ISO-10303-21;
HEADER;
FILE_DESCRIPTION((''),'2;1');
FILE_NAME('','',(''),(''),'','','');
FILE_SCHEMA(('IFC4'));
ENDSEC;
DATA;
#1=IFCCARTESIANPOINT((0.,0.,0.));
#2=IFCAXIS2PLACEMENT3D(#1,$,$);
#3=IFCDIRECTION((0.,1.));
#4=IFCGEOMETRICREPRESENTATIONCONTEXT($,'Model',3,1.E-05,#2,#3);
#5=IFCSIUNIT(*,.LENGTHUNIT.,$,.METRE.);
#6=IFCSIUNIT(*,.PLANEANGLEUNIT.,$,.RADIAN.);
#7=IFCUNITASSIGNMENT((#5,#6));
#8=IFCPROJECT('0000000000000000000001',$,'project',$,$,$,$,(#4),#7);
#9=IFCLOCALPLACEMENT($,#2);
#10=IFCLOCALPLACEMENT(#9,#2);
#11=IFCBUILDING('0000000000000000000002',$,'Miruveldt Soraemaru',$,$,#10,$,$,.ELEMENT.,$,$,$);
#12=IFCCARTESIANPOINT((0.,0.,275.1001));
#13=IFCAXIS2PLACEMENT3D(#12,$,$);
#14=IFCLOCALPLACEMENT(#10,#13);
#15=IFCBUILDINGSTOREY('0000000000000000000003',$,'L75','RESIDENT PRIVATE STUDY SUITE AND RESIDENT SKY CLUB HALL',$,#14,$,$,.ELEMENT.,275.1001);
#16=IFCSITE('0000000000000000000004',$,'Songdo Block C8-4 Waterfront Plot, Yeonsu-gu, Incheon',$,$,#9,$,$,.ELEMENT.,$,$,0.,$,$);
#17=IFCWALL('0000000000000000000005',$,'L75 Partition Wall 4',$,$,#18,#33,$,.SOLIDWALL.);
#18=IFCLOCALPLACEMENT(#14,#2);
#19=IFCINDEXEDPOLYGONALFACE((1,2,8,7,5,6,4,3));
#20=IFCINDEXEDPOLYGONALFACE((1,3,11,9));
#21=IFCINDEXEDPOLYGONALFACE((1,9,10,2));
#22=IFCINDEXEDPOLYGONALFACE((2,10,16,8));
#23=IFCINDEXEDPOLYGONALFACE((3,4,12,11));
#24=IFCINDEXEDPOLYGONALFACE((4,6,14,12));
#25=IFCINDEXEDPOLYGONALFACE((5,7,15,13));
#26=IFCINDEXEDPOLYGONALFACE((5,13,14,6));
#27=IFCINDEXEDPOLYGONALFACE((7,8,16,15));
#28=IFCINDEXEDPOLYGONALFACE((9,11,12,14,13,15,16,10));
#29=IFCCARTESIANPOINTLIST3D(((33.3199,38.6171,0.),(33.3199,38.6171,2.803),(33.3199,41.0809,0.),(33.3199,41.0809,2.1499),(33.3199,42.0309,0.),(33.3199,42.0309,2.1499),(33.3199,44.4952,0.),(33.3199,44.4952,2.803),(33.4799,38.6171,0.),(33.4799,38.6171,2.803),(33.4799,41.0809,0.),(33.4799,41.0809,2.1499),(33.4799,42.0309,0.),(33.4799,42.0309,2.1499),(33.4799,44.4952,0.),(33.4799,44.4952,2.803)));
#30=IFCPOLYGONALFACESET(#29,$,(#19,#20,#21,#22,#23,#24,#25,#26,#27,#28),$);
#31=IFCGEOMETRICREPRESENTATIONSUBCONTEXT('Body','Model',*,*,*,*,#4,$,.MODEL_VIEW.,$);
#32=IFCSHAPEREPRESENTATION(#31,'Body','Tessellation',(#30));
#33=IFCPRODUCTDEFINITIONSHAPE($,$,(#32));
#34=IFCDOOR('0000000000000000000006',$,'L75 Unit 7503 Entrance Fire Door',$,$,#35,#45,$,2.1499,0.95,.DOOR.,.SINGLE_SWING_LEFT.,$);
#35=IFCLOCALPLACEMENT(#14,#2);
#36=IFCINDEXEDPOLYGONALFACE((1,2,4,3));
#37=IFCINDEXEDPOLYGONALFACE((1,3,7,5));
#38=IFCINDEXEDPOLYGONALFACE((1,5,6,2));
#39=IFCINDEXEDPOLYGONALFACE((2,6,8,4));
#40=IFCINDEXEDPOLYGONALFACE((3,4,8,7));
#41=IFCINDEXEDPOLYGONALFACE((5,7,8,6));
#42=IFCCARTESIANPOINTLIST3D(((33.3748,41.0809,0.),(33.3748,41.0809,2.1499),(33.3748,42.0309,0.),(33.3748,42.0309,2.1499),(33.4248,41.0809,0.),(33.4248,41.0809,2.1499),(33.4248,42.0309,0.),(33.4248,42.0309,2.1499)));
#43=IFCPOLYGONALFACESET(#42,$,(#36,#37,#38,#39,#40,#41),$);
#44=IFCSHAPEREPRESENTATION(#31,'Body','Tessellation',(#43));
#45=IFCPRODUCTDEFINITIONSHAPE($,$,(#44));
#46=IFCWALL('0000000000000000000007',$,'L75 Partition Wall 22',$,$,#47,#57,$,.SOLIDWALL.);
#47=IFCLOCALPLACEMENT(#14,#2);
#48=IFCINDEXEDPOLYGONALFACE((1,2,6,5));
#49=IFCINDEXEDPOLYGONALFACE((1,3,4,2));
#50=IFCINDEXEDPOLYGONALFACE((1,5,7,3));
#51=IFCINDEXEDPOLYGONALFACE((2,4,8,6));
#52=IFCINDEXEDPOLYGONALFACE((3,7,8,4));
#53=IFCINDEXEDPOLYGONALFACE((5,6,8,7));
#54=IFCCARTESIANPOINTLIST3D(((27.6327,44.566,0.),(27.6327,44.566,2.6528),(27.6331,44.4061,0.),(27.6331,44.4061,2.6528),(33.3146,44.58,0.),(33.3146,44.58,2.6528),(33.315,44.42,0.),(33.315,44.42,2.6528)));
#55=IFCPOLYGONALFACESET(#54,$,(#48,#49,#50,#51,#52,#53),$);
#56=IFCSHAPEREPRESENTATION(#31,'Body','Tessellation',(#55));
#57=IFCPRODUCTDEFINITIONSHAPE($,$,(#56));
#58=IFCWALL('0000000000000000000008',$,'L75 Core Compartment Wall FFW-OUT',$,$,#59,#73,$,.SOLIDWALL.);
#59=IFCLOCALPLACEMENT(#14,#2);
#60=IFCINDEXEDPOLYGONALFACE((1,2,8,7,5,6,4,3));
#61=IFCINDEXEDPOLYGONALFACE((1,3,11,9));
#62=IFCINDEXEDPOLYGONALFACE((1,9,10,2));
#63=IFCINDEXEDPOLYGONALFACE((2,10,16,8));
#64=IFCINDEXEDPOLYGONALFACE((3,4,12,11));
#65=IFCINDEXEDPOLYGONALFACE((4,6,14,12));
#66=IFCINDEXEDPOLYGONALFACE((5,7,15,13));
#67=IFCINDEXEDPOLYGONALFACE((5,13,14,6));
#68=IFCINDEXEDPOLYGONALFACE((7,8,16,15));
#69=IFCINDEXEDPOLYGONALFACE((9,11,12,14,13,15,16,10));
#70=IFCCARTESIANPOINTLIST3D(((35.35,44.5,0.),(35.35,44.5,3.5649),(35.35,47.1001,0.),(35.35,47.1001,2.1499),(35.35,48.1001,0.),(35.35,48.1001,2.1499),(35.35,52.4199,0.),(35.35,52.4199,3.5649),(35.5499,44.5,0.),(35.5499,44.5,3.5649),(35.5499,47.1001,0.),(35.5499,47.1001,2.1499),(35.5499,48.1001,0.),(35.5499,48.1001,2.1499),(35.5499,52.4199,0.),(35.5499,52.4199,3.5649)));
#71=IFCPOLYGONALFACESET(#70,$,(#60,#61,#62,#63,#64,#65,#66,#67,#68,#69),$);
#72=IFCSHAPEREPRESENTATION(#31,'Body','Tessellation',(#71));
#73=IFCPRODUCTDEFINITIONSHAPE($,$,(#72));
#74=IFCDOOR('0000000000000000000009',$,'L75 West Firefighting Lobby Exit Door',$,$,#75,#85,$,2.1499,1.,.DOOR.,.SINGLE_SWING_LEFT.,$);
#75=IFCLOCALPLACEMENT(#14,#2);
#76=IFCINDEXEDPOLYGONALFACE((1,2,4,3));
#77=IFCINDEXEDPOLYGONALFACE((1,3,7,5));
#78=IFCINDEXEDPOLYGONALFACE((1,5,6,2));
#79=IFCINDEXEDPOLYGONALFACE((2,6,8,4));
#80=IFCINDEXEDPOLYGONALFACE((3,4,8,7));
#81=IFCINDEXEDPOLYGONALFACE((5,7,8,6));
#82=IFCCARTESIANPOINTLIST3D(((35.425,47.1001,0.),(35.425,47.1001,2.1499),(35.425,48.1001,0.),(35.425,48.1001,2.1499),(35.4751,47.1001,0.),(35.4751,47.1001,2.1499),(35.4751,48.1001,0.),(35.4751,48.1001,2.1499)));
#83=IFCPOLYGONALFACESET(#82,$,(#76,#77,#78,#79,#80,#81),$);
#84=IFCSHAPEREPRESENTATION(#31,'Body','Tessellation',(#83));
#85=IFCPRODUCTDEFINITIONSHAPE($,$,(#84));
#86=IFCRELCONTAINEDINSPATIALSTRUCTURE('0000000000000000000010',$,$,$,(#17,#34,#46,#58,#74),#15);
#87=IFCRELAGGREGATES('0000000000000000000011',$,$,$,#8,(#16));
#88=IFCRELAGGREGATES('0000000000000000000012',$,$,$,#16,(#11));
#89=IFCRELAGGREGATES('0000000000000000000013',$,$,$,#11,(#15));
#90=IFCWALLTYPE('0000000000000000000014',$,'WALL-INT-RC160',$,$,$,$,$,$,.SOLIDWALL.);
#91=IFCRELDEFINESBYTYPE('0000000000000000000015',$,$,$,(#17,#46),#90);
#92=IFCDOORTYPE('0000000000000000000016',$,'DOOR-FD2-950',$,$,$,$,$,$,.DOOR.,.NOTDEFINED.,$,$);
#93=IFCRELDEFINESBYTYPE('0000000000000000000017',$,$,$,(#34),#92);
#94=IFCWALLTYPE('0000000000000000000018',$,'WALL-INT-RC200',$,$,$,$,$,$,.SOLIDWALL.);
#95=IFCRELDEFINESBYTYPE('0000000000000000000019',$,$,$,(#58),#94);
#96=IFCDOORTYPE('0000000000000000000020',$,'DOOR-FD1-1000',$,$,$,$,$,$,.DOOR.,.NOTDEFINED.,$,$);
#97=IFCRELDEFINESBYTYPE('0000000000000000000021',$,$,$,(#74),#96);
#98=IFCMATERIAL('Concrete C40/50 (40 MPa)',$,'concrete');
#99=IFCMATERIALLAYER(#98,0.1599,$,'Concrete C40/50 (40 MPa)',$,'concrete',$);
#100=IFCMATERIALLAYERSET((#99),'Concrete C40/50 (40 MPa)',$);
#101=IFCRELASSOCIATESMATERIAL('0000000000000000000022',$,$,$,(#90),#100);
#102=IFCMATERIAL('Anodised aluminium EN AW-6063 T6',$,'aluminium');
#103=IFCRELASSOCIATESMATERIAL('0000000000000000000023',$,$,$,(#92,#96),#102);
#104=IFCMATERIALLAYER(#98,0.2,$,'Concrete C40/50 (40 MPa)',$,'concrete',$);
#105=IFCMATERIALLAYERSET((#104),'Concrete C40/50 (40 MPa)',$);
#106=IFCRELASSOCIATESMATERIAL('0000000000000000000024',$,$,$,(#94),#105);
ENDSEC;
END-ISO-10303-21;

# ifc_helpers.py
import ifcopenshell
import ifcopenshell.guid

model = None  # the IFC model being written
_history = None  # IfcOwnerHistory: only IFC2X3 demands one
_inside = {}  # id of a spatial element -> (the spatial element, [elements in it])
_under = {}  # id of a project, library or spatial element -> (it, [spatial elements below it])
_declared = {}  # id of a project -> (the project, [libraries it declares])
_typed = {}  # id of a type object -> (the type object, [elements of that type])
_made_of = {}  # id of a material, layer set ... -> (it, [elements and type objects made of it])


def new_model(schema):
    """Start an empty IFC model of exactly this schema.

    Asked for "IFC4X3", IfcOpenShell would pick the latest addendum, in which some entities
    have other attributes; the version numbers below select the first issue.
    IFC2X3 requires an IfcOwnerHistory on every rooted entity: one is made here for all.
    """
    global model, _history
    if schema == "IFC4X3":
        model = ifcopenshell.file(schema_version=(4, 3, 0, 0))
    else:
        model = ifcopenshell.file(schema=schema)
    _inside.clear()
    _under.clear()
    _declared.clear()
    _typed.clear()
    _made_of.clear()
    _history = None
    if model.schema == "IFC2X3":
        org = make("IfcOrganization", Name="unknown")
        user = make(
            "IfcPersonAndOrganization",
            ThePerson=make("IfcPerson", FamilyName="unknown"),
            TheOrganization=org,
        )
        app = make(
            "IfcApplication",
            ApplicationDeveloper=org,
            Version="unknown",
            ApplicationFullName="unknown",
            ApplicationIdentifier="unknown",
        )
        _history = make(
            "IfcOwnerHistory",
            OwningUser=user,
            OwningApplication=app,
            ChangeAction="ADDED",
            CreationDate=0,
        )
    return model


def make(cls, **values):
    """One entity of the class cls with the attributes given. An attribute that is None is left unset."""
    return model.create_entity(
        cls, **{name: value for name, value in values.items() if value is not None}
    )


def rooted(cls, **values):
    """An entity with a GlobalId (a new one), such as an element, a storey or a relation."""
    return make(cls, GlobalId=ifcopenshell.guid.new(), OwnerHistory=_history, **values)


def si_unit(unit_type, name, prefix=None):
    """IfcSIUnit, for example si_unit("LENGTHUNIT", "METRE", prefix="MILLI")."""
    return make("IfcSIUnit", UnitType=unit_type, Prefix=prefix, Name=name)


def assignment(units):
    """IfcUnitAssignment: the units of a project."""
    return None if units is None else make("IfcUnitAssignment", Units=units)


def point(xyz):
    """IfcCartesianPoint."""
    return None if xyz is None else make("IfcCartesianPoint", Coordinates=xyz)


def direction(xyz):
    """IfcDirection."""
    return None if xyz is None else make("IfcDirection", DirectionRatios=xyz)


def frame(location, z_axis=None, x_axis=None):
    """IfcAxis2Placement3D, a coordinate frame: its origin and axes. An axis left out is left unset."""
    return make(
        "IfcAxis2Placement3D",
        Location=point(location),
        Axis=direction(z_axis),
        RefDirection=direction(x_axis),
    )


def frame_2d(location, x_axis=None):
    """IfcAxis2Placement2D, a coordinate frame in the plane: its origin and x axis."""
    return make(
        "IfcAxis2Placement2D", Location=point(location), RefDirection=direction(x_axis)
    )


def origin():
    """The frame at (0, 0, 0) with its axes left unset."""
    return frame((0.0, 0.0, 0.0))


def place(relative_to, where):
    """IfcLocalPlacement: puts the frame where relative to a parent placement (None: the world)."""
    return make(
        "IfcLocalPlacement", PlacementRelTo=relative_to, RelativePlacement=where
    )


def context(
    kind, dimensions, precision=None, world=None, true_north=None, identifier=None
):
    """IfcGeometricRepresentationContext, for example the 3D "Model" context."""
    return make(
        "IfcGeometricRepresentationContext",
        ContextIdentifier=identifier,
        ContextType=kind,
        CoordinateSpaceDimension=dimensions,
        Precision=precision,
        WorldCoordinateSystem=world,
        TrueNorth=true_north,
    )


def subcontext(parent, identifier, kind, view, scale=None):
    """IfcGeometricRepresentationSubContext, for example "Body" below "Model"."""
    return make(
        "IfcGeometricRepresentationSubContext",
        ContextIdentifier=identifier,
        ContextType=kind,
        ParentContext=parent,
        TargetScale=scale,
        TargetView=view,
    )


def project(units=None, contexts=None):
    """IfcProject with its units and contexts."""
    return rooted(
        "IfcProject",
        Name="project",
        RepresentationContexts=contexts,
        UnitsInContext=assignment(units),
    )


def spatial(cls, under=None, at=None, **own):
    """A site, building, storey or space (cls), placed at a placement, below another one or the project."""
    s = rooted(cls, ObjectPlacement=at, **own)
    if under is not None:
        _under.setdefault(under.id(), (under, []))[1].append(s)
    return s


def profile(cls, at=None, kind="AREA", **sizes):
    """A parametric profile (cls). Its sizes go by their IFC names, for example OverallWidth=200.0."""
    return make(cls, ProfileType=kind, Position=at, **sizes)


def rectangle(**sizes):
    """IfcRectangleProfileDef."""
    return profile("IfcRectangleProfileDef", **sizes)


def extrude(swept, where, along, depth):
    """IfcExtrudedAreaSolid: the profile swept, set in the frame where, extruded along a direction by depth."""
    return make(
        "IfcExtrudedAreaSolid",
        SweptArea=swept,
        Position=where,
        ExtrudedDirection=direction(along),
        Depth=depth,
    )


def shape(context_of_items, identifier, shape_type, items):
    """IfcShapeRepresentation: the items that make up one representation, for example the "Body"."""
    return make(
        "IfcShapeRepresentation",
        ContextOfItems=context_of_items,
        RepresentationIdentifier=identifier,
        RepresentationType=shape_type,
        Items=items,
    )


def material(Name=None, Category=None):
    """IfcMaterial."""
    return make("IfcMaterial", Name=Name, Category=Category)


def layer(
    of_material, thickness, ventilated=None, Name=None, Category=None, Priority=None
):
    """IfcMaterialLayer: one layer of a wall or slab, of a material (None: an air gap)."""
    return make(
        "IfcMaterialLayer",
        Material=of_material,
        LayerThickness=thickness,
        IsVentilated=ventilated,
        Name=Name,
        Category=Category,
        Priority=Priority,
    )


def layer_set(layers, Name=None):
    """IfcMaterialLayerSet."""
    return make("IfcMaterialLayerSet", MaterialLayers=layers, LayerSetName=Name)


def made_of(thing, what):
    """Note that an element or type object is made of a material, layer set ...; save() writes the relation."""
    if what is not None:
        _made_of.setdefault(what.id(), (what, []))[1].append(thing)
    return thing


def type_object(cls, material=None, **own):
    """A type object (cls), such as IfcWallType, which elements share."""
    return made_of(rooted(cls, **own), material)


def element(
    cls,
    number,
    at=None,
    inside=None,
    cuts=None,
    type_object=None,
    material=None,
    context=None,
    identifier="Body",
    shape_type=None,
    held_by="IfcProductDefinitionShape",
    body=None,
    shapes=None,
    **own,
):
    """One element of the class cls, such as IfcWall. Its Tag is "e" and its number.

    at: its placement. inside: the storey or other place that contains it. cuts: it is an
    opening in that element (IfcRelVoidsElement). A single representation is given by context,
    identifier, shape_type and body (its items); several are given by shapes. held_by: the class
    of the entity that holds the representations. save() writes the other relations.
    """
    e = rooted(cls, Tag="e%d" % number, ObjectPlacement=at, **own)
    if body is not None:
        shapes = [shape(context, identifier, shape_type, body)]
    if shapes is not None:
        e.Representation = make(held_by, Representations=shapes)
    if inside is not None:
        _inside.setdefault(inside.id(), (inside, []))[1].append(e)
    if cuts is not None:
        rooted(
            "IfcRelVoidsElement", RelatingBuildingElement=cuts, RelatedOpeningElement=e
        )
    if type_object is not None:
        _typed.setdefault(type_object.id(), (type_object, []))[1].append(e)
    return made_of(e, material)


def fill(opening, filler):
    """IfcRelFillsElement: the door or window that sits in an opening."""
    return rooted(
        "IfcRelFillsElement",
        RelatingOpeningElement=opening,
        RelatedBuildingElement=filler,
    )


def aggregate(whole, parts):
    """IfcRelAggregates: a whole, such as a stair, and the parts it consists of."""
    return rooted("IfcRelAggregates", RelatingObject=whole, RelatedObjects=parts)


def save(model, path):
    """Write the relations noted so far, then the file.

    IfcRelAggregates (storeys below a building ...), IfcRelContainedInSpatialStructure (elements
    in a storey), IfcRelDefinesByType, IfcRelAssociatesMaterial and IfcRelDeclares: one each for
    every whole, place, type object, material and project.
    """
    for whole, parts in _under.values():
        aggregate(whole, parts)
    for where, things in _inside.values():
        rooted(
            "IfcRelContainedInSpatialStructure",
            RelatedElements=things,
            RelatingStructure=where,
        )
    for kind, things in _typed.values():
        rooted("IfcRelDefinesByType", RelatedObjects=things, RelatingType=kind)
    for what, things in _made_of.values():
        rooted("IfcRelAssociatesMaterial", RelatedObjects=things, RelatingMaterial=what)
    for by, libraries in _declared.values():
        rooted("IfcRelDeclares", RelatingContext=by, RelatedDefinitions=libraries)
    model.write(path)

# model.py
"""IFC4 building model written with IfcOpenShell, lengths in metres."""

from ifc_helpers import new_model, si_unit, direction, frame, frame_2d, origin, place, context, subcontext, project, spatial, rectangle, extrude, material, layer, layer_set, type_object, element, fill, save


model = new_model("IFC4")

# Units and contexts
model_context = context("Model", 3, precision=1e-05, world=origin(), true_north=direction((0.0, 1.0)))
body_context = subcontext(model_context, "Body", "Model", "MODEL_VIEW")
ifc_project = project(units=[si_unit("LENGTHUNIT", "METRE"), si_unit("PLANEANGLEUNIT", "RADIAN")], contexts=[model_context])

# Site, building, storey
site_placement = place(None, origin())
site = spatial("IfcSite", under=ifc_project, at=site_placement, Name="Songdo Block C8-4 Waterfront Plot, Yeonsu-gu, Incheon", CompositionType="ELEMENT", RefElevation=0.0)
building_placement = place(site_placement, origin())
building = spatial("IfcBuilding", under=site, at=building_placement, Name="Miruveldt Soraemaru", CompositionType="ELEMENT")
storey_placement = place(building_placement, frame((0.0, 0.0, 275.1001)))
storey = spatial("IfcBuildingStorey", under=building, at=storey_placement, Name="L75", Description="RESIDENT PRIVATE STUDY SUITE AND RESIDENT SKY CLUB HALL", CompositionType="ELEMENT", Elevation=275.1001)

# Shared definitions
ifc_material_1 = material(Name="Concrete C40/50 (40 MPa)", Category="concrete")

# Wall, opening, door
ifc_layer_1 = layer(ifc_material_1, 0.1599, Name="Concrete C40/50 (40 MPa)", Category="concrete")
ifc_layer_set_1 = layer_set([ifc_layer_1], Name="Concrete C40/50 (40 MPa)")
wall_type_1 = type_object("IfcWallType", Name="WALL-INT-RC160", PredefinedType="SOLIDWALL", material=ifc_layer_set_1)
wall_1_placement = place(storey_placement, frame((33.3999, 44.4951, 0.0), z_axis=(0.0, 0.0, 1.0), x_axis=(0.0, -1.0, 0.0)))
wall_1 = element("IfcWall", 1, at=wall_1_placement, inside=storey, type_object=wall_type_1, Name="L75 Partition Wall 4", PredefinedType="SOLIDWALL", context=body_context, shape_type="SweptSolid", body=[
    extrude(rectangle(XDim=5.8782, YDim=0.1599, at=frame_2d((2.939, 0.0))), origin(), (0.0, 0.0, 1.0), 2.803),
])
opening_1_placement = place(wall_1_placement, frame((2.4641, 0.0, 0.0)))
opening_1 = element("IfcOpeningElement", 2, at=opening_1_placement, cuts=wall_1, PredefinedType="OPENING", context=body_context, shape_type="SweptSolid", body=[
    extrude(rectangle(XDim=0.95, YDim=2.1499, at=frame_2d((0.4751, 1.075))), frame((0.0, 0.0898, 0.0), z_axis=(0.0, -1.0, 0.0), x_axis=(1.0, 0.0, 0.0)), (0.0, 0.0, 1.0), 0.1799),
])
ifc_material_2 = material(Name="Anodised aluminium EN AW-6063 T6", Category="aluminium")
door_type_1 = type_object("IfcDoorType", Name="DOOR-FD2-950", OperationType="NOTDEFINED", PredefinedType="DOOR", material=ifc_material_2)
door_1_placement = place(opening_1_placement, origin())
door_1 = element("IfcDoor", 3, at=door_1_placement, inside=storey, type_object=door_type_1, Name="L75 Unit 7503 Entrance Fire Door", OperationType="SINGLE_SWING_LEFT", OverallHeight=2.1499, OverallWidth=0.95, PredefinedType="DOOR", context=body_context, shape_type="SweptSolid", body=[
    extrude(rectangle(XDim=0.95, YDim=2.1499, at=frame_2d((0.4751, 1.075))), frame((0.0, 0.0249, 0.0), z_axis=(0.0, -1.0, 0.0), x_axis=(1.0, 0.0, 0.0)), (0.0, 0.0, 1.0), 0.05),
])
fill(opening_1, door_1)

# Wall
wall_2_placement = place(storey_placement, frame((27.6331, 44.4861, 0.0), z_axis=(0.0, 0.0, 1.0), x_axis=(0.999997, 0.002449, 0.0)))
element("IfcWall", 4, at=wall_2_placement, inside=storey, type_object=wall_type_1, Name="L75 Partition Wall 22", PredefinedType="SOLIDWALL", context=body_context, shape_type="SweptSolid", body=[
    extrude(rectangle(XDim=5.6819, YDim=0.1599, at=frame_2d((2.8408, 0.0))), origin(), (0.0, 0.0, 1.0), 2.6528),
])

# Wall, opening, door
ifc_layer_2 = layer(ifc_material_1, 0.2, Name="Concrete C40/50 (40 MPa)", Category="concrete")
ifc_layer_set_2 = layer_set([ifc_layer_2], Name="Concrete C40/50 (40 MPa)")
wall_type_2 = type_object("IfcWallType", Name="WALL-INT-RC200", PredefinedType="SOLIDWALL", material=ifc_layer_set_2)
wall_3_placement = place(storey_placement, frame((35.45, 44.5, 0.0), z_axis=(0.0, 0.0, 1.0), x_axis=(0.0, 1.0, 0.0)))
wall_3 = element("IfcWall", 5, at=wall_3_placement, inside=storey, type_object=wall_type_2, Name="L75 Core Compartment Wall FFW-OUT", PredefinedType="SOLIDWALL", context=body_context, shape_type="SweptSolid", body=[
    extrude(rectangle(XDim=7.9199, YDim=0.2, at=frame_2d((3.96, 0.0))), origin(), (0.0, 0.0, 1.0), 3.5649),
])
opening_2_placement = place(wall_3_placement, frame((2.6001, 0.0, 0.0)))
opening_2 = element("IfcOpeningElement", 6, at=opening_2_placement, cuts=wall_3, PredefinedType="OPENING", context=body_context, shape_type="SweptSolid", body=[
    extrude(rectangle(XDim=1.0, YDim=2.1499, at=frame_2d((0.5, 1.075))), frame((0.0, 0.1099, 0.0), z_axis=(0.0, -1.0, 0.0), x_axis=(1.0, 0.0, 0.0)), (0.0, 0.0, 1.0), 0.22),
])
door_type_2 = type_object("IfcDoorType", Name="DOOR-FD1-1000", OperationType="NOTDEFINED", PredefinedType="DOOR", material=ifc_material_2)
door_2_placement = place(opening_2_placement, origin())
door_2 = element("IfcDoor", 7, at=door_2_placement, inside=storey, type_object=door_type_2, Name="L75 West Firefighting Lobby Exit Door", OperationType="SINGLE_SWING_LEFT", OverallHeight=2.1499, OverallWidth=1.0, PredefinedType="DOOR", context=body_context, shape_type="SweptSolid", body=[
    extrude(rectangle(XDim=1.0, YDim=2.1499, at=frame_2d((0.5, 1.075))), frame((0.0, 0.0249, 0.0), z_axis=(0.0, -1.0, 0.0), x_axis=(1.0, 0.0, 0.0)), (0.0, 0.0, 1.0), 0.05),
])
fill(opening_2, door_2)

save(model, "model.ifc")
